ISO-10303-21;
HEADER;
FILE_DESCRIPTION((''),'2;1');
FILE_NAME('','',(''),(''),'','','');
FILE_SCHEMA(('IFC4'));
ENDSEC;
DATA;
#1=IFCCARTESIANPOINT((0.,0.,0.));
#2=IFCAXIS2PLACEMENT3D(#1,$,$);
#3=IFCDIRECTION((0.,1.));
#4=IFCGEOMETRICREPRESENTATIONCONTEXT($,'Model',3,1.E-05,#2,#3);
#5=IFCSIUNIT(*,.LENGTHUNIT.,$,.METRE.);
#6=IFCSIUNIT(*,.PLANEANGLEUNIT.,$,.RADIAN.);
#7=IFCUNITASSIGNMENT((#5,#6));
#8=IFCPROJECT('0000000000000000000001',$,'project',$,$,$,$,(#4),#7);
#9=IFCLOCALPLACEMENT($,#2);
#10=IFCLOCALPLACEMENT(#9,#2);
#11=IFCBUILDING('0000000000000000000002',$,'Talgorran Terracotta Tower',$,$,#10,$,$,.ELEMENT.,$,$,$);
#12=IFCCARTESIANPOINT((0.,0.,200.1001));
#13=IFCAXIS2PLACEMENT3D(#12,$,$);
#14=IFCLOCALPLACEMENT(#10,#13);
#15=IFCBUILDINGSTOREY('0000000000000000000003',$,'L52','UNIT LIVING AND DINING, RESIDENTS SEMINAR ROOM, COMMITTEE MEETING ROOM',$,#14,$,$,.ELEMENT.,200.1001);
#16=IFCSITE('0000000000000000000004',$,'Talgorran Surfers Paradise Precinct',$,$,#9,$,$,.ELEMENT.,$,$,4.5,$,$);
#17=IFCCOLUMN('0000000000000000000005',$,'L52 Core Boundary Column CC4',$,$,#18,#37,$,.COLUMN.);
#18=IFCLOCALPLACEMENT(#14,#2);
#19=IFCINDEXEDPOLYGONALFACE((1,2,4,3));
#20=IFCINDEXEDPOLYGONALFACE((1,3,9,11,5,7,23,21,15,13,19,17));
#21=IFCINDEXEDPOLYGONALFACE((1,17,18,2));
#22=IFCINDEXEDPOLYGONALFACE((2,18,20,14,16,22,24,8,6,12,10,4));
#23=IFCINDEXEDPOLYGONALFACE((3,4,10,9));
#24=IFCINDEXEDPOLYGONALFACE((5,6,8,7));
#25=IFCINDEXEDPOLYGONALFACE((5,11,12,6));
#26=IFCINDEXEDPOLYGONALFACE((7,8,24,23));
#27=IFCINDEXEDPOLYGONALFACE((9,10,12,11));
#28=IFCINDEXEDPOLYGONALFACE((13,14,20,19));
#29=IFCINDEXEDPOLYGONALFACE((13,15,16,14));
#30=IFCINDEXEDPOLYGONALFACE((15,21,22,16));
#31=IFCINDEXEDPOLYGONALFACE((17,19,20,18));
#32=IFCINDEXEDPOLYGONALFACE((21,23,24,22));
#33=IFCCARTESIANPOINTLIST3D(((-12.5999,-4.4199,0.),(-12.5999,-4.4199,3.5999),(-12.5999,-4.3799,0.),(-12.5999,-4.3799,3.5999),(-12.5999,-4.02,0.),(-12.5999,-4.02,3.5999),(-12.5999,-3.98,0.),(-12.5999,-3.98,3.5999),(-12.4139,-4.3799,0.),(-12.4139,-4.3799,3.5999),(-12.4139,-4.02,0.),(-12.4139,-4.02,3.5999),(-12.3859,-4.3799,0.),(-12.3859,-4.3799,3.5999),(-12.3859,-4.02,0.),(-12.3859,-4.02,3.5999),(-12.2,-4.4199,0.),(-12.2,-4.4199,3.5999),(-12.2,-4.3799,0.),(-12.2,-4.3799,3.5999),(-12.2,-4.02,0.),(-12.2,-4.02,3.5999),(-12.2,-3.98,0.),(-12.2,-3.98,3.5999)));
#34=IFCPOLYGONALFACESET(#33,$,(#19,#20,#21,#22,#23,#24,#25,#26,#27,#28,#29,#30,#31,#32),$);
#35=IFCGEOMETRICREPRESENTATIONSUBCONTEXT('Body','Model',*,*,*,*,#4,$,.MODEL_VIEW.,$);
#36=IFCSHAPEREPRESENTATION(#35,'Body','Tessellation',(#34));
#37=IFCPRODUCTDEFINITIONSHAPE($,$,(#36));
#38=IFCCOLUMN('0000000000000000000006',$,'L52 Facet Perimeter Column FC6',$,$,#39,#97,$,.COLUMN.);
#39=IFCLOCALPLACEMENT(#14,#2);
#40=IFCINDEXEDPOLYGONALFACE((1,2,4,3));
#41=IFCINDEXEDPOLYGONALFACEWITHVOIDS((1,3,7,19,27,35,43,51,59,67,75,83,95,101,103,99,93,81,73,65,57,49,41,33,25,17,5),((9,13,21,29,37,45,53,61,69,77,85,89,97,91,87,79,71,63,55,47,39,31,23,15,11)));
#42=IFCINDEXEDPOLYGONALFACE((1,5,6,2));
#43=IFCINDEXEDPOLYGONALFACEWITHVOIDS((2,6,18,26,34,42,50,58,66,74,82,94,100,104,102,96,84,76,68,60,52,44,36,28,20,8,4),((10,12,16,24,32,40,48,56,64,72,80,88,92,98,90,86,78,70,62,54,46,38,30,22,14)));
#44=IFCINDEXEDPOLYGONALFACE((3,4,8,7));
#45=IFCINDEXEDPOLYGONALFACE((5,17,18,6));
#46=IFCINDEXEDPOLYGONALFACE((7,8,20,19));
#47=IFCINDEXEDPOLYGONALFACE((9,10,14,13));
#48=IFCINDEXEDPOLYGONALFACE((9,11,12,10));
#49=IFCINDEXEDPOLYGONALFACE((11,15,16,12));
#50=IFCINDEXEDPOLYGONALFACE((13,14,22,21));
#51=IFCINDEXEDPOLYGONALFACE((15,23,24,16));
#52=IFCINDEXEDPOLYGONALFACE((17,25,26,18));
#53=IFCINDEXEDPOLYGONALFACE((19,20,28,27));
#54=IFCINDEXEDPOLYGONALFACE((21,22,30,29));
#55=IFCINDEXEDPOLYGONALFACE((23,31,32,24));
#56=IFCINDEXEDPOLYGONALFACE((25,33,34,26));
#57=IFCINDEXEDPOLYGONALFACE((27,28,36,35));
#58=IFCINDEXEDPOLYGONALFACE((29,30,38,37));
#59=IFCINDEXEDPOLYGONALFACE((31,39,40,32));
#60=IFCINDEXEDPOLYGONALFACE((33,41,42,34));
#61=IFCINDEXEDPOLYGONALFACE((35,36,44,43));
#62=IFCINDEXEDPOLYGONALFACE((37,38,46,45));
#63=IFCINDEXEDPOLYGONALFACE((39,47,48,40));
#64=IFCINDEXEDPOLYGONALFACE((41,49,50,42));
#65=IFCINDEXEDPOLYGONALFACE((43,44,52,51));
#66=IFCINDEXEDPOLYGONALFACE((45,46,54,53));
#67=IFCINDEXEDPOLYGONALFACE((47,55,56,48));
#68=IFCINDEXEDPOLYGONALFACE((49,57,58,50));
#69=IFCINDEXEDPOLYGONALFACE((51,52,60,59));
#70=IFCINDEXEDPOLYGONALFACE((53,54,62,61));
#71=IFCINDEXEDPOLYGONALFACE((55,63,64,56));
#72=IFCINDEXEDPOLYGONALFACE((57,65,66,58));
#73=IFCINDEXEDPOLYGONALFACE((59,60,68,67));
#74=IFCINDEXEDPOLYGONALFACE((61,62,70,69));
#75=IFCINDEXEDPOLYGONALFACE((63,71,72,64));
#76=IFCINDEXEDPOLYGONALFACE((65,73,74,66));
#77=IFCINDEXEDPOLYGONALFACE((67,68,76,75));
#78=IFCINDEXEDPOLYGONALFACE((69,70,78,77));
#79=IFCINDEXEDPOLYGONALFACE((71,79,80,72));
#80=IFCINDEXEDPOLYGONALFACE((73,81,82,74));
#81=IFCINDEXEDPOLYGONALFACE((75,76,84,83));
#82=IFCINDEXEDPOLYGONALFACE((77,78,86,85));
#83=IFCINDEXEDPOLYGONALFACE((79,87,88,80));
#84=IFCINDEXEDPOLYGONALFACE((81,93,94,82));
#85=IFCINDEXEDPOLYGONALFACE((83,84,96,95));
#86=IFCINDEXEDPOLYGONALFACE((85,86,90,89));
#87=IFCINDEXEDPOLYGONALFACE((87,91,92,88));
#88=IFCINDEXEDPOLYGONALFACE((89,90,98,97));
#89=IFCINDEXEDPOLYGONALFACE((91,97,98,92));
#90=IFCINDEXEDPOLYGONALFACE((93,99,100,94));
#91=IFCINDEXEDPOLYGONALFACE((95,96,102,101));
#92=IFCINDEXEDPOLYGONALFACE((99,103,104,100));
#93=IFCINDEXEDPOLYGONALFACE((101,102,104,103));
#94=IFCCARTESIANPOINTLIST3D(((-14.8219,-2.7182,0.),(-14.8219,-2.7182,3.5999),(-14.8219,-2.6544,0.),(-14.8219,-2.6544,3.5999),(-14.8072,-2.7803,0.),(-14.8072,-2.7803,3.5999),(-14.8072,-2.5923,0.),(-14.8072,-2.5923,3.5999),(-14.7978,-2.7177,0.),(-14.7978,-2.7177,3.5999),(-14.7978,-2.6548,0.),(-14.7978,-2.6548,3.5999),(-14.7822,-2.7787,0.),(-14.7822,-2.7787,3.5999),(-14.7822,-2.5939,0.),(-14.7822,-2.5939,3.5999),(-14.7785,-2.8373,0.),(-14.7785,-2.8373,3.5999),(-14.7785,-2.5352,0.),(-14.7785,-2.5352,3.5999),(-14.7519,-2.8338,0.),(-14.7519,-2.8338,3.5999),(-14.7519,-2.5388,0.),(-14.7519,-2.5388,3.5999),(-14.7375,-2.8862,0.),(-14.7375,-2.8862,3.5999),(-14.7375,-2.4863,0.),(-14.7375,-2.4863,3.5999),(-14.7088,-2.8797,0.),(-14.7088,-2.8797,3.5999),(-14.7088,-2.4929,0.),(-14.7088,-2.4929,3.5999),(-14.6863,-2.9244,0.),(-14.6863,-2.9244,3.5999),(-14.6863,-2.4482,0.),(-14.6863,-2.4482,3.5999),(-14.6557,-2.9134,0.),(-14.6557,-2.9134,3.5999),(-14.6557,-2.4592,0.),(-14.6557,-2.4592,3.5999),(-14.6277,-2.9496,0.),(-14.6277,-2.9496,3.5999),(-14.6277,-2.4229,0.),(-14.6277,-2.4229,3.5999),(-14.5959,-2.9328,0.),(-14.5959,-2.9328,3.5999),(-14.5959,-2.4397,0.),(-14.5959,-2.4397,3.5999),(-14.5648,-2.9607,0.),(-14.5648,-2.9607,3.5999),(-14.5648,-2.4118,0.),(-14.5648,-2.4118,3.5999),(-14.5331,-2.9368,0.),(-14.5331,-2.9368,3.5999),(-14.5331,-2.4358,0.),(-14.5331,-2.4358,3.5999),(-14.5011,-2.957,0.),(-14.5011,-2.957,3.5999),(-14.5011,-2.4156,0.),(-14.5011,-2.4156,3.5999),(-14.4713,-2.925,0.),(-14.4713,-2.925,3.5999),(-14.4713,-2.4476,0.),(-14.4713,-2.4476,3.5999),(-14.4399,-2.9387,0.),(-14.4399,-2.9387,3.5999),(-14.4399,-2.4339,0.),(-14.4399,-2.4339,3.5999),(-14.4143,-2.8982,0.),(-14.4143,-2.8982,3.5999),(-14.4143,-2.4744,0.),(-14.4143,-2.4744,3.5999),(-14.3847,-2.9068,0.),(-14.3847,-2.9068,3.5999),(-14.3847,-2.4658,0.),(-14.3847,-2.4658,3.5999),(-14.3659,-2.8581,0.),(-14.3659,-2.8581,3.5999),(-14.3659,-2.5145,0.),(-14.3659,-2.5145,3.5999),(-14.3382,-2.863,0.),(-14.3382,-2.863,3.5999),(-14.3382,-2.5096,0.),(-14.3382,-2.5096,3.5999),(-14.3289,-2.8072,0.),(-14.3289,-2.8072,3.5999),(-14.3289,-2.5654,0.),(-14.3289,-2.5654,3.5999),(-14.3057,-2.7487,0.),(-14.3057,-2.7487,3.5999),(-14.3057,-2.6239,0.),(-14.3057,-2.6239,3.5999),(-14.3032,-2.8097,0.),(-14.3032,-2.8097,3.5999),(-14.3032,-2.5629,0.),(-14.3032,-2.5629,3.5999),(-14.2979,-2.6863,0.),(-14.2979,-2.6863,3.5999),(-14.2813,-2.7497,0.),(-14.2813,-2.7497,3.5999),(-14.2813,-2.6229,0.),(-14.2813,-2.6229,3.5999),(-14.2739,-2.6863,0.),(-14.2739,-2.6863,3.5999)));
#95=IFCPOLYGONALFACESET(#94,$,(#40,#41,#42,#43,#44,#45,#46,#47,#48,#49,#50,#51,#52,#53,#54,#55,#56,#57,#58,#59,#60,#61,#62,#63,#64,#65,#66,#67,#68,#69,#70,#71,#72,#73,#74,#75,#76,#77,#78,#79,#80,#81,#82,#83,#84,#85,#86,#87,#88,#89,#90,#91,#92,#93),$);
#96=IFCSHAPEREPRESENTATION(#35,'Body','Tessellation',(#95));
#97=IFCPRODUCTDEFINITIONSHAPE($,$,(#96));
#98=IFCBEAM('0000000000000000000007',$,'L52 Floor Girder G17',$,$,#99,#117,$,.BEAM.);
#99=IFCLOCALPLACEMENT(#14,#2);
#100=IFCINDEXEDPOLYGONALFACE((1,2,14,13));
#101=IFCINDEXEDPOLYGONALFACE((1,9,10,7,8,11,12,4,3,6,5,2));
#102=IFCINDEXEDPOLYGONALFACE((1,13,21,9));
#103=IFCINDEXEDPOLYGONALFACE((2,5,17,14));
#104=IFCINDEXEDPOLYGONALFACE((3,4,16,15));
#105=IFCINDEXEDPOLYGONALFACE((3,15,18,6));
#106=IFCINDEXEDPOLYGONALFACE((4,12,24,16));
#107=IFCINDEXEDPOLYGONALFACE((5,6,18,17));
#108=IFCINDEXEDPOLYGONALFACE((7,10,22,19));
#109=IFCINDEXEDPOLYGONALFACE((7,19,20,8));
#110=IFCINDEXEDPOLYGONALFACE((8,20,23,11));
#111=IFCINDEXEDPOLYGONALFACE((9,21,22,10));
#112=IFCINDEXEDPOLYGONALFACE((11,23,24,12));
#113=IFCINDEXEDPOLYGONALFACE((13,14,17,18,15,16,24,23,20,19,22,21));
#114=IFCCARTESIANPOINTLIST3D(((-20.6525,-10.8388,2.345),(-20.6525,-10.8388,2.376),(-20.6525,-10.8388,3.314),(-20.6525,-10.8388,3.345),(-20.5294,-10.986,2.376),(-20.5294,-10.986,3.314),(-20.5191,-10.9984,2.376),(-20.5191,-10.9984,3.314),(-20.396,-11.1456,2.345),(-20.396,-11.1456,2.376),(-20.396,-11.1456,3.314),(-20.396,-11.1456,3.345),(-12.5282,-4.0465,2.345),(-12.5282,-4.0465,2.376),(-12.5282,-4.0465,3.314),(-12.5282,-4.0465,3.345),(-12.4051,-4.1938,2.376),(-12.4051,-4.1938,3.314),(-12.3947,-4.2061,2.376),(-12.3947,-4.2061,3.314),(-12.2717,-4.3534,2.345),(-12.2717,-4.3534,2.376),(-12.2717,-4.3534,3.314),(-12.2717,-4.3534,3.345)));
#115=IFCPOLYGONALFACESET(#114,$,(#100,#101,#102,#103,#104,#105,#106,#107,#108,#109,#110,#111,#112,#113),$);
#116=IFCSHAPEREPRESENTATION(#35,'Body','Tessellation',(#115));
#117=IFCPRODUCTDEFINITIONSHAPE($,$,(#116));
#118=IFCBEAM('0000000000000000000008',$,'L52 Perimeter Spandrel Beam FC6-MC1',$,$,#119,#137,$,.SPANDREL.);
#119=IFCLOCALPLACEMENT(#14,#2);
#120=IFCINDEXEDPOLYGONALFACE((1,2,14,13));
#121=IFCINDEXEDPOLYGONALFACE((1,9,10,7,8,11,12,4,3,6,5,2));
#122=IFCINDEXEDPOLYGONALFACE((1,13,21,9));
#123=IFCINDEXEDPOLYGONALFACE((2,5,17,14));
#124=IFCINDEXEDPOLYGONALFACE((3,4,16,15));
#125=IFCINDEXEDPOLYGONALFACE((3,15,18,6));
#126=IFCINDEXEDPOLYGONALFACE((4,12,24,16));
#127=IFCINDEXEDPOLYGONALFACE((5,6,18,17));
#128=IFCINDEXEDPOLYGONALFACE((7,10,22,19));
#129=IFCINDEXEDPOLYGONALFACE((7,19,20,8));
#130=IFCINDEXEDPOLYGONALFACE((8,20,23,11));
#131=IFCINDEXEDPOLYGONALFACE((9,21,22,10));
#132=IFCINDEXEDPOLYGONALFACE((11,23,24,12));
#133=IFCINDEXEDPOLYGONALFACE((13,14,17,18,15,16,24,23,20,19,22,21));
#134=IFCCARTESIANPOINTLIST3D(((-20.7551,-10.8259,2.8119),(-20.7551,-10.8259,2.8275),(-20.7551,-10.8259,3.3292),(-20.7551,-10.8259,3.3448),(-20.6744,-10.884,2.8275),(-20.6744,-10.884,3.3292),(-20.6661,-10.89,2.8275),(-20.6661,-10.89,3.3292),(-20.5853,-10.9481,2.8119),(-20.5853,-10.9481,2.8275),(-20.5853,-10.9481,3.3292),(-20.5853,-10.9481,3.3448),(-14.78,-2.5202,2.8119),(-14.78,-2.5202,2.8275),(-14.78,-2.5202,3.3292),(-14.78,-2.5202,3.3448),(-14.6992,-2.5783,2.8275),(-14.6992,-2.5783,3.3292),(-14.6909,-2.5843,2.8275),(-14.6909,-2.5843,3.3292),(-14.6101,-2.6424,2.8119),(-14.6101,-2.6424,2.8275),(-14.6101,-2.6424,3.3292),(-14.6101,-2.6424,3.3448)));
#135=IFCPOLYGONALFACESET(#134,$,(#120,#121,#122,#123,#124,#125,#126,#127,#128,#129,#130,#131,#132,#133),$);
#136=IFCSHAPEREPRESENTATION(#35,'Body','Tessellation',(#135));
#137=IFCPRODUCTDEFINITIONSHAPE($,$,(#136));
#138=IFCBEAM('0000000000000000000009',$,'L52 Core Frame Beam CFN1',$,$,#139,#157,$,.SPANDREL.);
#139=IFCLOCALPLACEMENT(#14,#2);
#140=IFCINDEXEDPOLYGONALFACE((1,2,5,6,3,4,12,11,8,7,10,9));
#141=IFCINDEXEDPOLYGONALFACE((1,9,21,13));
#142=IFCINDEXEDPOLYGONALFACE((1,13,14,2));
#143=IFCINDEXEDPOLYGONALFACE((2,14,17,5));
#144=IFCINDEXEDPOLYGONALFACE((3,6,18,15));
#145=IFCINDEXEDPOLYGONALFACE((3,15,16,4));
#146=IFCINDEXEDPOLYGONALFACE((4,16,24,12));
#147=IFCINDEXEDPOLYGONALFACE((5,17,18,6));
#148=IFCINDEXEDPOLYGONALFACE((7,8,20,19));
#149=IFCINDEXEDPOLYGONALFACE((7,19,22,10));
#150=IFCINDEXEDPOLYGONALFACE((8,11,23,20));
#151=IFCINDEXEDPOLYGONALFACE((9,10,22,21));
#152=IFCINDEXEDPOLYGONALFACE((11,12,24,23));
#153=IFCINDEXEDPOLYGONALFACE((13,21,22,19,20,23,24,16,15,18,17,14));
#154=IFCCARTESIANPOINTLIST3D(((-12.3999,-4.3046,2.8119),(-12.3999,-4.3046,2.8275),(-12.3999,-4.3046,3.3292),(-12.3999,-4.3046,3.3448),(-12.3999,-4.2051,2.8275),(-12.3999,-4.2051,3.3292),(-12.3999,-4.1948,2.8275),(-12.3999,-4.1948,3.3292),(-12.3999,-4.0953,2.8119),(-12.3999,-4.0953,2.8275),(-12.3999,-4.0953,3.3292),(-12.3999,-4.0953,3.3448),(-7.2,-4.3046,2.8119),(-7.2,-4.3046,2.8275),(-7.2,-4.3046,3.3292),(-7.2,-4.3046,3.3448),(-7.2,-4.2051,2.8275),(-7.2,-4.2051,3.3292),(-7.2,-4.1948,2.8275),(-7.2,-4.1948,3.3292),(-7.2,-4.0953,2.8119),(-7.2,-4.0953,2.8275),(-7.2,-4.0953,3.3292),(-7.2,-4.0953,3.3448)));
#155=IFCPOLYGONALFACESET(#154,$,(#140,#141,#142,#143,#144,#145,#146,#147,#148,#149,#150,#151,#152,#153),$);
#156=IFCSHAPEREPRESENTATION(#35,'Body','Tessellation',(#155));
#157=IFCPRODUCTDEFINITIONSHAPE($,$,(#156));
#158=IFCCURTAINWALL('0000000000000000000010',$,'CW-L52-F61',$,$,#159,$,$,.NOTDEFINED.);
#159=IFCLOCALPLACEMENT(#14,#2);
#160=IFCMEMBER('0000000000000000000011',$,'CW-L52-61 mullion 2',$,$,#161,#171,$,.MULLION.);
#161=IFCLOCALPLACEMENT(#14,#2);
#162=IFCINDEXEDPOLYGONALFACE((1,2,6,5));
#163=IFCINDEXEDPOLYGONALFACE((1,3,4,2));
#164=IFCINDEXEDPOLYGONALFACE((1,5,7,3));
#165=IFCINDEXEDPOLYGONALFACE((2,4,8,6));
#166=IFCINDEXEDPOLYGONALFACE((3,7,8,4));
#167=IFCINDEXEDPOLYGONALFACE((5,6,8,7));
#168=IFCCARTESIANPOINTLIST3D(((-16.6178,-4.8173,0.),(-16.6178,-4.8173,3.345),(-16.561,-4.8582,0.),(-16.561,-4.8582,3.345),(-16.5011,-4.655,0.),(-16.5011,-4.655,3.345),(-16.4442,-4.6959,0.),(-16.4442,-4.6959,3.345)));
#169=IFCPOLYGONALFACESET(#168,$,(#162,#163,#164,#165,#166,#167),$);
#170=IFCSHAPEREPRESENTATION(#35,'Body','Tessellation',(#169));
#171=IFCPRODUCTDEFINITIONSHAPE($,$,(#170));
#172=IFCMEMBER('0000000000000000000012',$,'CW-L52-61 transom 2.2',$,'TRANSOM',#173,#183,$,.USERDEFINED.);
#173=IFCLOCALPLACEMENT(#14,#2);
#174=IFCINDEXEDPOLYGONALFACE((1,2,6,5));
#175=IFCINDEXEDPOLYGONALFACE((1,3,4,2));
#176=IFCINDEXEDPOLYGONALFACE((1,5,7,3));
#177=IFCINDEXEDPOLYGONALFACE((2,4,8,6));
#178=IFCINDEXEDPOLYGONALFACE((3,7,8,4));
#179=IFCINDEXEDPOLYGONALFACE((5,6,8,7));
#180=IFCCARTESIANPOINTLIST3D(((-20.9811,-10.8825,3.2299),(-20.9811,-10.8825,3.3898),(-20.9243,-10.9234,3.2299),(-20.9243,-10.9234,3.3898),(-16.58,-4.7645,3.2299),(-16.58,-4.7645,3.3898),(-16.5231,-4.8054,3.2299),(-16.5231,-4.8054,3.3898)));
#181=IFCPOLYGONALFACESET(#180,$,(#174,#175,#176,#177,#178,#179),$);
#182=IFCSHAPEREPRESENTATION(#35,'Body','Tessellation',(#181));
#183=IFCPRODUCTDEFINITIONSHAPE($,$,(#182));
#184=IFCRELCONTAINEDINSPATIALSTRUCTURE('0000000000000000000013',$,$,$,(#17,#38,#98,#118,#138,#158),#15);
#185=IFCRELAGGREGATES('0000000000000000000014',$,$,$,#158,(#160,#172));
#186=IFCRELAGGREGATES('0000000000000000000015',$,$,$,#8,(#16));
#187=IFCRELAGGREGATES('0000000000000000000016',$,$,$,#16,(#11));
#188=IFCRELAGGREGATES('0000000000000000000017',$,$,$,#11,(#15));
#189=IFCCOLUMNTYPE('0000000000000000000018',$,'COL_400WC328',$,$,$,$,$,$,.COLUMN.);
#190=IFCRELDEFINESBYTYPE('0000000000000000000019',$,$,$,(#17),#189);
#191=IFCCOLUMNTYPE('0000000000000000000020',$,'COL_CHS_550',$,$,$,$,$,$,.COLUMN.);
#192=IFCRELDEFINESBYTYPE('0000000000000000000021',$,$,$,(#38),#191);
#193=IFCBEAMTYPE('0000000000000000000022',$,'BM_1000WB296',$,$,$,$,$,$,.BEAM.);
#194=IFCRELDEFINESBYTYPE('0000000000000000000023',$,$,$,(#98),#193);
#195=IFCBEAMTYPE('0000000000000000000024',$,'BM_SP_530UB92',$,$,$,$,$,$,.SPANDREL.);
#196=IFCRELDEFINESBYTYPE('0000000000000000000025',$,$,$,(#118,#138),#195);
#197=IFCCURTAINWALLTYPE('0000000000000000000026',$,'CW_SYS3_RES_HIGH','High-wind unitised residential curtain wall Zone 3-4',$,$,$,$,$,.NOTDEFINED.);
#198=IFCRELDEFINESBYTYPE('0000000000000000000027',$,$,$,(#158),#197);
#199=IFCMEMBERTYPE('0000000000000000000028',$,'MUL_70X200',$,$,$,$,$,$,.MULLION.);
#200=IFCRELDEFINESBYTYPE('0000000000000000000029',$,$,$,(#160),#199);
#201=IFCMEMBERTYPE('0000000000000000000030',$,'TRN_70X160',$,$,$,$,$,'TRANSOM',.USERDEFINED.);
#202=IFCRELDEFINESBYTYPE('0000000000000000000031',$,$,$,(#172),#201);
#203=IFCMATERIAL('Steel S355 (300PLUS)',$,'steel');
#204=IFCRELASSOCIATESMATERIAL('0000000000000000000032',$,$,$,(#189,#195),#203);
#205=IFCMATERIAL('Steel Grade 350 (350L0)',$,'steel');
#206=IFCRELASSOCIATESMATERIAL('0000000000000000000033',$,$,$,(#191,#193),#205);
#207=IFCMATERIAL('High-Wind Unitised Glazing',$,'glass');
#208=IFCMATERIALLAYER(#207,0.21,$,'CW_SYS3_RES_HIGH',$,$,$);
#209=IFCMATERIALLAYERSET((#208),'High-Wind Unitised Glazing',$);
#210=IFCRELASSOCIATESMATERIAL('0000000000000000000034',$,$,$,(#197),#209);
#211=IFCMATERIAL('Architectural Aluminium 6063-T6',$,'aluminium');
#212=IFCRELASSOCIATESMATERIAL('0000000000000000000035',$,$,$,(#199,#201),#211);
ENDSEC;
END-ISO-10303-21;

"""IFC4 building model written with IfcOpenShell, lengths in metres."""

from ifc_helpers import new_model, si_unit, direction, frame, origin, origin_2d, place, context, subcontext, project, spatial, rectangle, hollow_circle, i_section, extrude, material, layer, layer_set, material_profile, profile_set, type_object, element, aggregate, save


model = new_model("IFC4")

# Units and contexts
model_context = context("Model", 3, precision=1e-05, world=origin(), true_north=direction((0.0, 1.0)))
body_context = subcontext(model_context, "Body", "Model", "MODEL_VIEW")
ifc_project = project(units=[si_unit("LENGTHUNIT", "METRE"), si_unit("PLANEANGLEUNIT", "RADIAN")], contexts=[model_context])

# Site, building, storey
site_placement = place(None, origin())
site = spatial("IfcSite", under=ifc_project, at=site_placement, Name="Talgorran Surfers Paradise Precinct", CompositionType="ELEMENT", RefElevation=4.5)
building_placement = place(site_placement, origin())
building = spatial("IfcBuilding", under=site, at=building_placement, Name="Talgorran Terracotta Tower", CompositionType="ELEMENT")
storey_placement = place(building_placement, frame((0.0, 0.0, 200.1001)))
storey = spatial("IfcBuildingStorey", under=building, at=storey_placement, Name="L52", Description="UNIT LIVING AND DINING, RESIDENTS SEMINAR ROOM, COMMITTEE MEETING ROOM", CompositionType="ELEMENT", Elevation=200.1001)

# Columns
ifc_material_1 = material(Name="Steel S355 (300PLUS)", Category="steel")
ifc_material_profile_1 = material_profile(ifc_material_1, i_section(OverallWidth=0.3999, OverallDepth=0.4399, WebThickness=0.0281, FlangeThickness=0.04, at=origin_2d()), Name="400WC328")
ifc_profile_set_1 = profile_set([ifc_material_profile_1], Name="Steel S355 (300PLUS)")
column_type_1 = type_object("IfcColumnType", Name="COL_400WC328", PredefinedType="COLUMN", material=ifc_profile_set_1)
column_1_placement = place(storey_placement, frame((-12.3999, -4.2, 0.0), z_axis=(0.0, 0.0, 1.0), x_axis=(1.0, 0.0, 0.0)))
element("IfcColumn", 1, at=column_1_placement, inside=storey, type_object=column_type_1, Name="L52 Core Boundary Column CC4", PredefinedType="COLUMN", context=body_context, shape_type="SweptSolid", body=[
    extrude(i_section(OverallWidth=0.3999, OverallDepth=0.4399, WebThickness=0.0281, FlangeThickness=0.04, at=origin_2d()), origin(), (0.0, 0.0, 1.0), 3.5999),
])
ifc_material_2 = material(Name="Steel Grade 350 (350L0)", Category="steel")
ifc_material_profile_2 = material_profile(ifc_material_2, hollow_circle(Radius=0.2749, WallThickness=0.0239, at=origin_2d()), Name="CHS550X24")
ifc_profile_set_2 = profile_set([ifc_material_profile_2], Name="Steel Grade 350 (350L0)")
column_type_2 = type_object("IfcColumnType", Name="COL_CHS_550", PredefinedType="COLUMN", material=ifc_profile_set_2)
column_2_placement = place(storey_placement, frame((-14.5488, -2.6863, 0.0), z_axis=(0.0, 0.0, 1.0), x_axis=(1.0, 0.0, 0.0)))
element("IfcColumn", 2, at=column_2_placement, inside=storey, type_object=column_type_2, Name="L52 Facet Perimeter Column FC6", PredefinedType="COLUMN", context=body_context, shape_type="SweptSolid", body=[
    extrude(hollow_circle(Radius=0.2749, WallThickness=0.0239, at=origin_2d()), origin(), (0.0, 0.0, 1.0), 3.5999),
])

# Beams
ifc_material_profile_3 = material_profile(ifc_material_2, i_section(OverallWidth=0.3999, OverallDepth=1.0, WebThickness=0.0161, FlangeThickness=0.031, at=origin_2d()), Name="1000WB296")
ifc_profile_set_3 = profile_set([ifc_material_profile_3], Name="Steel Grade 350 (350L0)")
beam_type_1 = type_object("IfcBeamType", Name="BM_1000WB296", PredefinedType="BEAM", material=ifc_profile_set_3)
beam_1_placement = place(storey_placement, frame((-12.3999, -4.2, 2.845), z_axis=(-0.767198, -0.64141, 0.0), x_axis=(0.64141, -0.767198, 0.0)))
element("IfcBeam", 3, at=beam_1_placement, inside=storey, type_object=beam_type_1, Name="L52 Floor Girder G17", PredefinedType="BEAM", context=body_context, shape_type="SweptSolid", body=[
    extrude(i_section(OverallWidth=0.3999, OverallDepth=1.0, WebThickness=0.0161, FlangeThickness=0.031, at=origin_2d()), origin(), (0.0, 0.0, 1.0), 10.5896),
])
ifc_material_profile_4 = material_profile(ifc_material_1, i_section(OverallWidth=0.2092, OverallDepth=0.533, WebThickness=0.0103, FlangeThickness=0.0156, at=origin_2d()), Name="530UB92.4")
ifc_profile_set_4 = profile_set([ifc_material_profile_4], Name="Steel S355 (300PLUS)")
beam_type_2 = type_object("IfcBeamType", Name="BM_SP_530UB92", PredefinedType="SPANDREL", material=ifc_profile_set_4)
beam_2_placement = place(storey_placement, frame((-14.6951, -2.5813, 3.0784), z_axis=(-0.583984, -0.811765, 0.0), x_axis=(0.811765, -0.583984, 0.0)))
element("IfcBeam", 4, at=beam_2_placement, inside=storey, type_object=beam_type_2, Name="L52 Perimeter Spandrel Beam FC6-MC1", PredefinedType="SPANDREL", context=body_context, shape_type="SweptSolid", body=[
    extrude(i_section(OverallWidth=0.2092, OverallDepth=0.533, WebThickness=0.0103, FlangeThickness=0.0156, at=origin_2d()), origin(), (0.0, 0.0, 1.0), 10.2317),
])
beam_3_placement = place(storey_placement, frame((-12.3999, -4.2, 3.0784), z_axis=(1.0, 0.0, 0.0), x_axis=(0.0, 1.0, 0.0)))
element("IfcBeam", 5, at=beam_3_placement, inside=storey, type_object=beam_type_2, Name="L52 Core Frame Beam CFN1", PredefinedType="SPANDREL", context=body_context, shape_type="SweptSolid", body=[
    extrude(i_section(OverallWidth=0.2092, OverallDepth=0.533, WebThickness=0.0103, FlangeThickness=0.0156, at=origin_2d()), origin(), (0.0, 0.0, 1.0), 5.2),
])

# Curtain wall, members
ifc_material_3 = material(Name="High-Wind Unitised Glazing", Category="glass")
ifc_layer_1 = layer(ifc_material_3, 0.21, Name="CW_SYS3_RES_HIGH")
ifc_layer_set_1 = layer_set([ifc_layer_1], Name="High-Wind Unitised Glazing")
curtain_wall_type = type_object("IfcCurtainWallType", Name="CW_SYS3_RES_HIGH", Description="High-wind unitised residential curtain wall Zone 3-4", PredefinedType="NOTDEFINED", material=ifc_layer_set_1)
curtain_wall_placement = place(storey_placement, origin())
curtain_wall = element("IfcCurtainWall", 6, at=curtain_wall_placement, inside=storey, type_object=curtain_wall_type, Name="CW-L52-F61", PredefinedType="NOTDEFINED")
ifc_material_4 = material(Name="Architectural Aluminium 6063-T6", Category="aluminium")
ifc_material_profile_5 = material_profile(ifc_material_4, rectangle(XDim=0.0701, YDim=0.2, at=origin_2d()), Name="CWM70X200")
ifc_profile_set_5 = profile_set([ifc_material_profile_5], Name="Architectural Aluminium 6063-T6")
member_type_1 = type_object("IfcMemberType", Name="MUL_70X200", PredefinedType="MULLION", material=ifc_profile_set_5)
member_1_placement = place(storey_placement, frame((-16.531, -4.7566, 0.0), z_axis=(0.0, 0.0, 1.0), x_axis=(0.811767, -0.583982, 0.0)))
member_1 = element("IfcMember", 7, at=member_1_placement, type_object=member_type_1, Name="CW-L52-61 mullion 2", PredefinedType="MULLION", context=body_context, shape_type="SweptSolid", body=[
    extrude(rectangle(XDim=0.0701, YDim=0.2, at=origin_2d()), origin(), (0.0, 0.0, 1.0), 3.345),
])
ifc_material_profile_6 = material_profile(ifc_material_4, rectangle(XDim=0.0701, YDim=0.1599, at=origin_2d()), Name="CWT70X160")
ifc_profile_set_6 = profile_set([ifc_material_profile_6], Name="Architectural Aluminium 6063-T6")
member_type_2 = type_object("IfcMemberType", Name="TRN_70X160", ElementType="TRANSOM", PredefinedType="USERDEFINED", material=ifc_profile_set_6)
member_2_placement = place(storey_placement, frame((-16.5515, -4.7849, 3.3098), z_axis=(-0.583974, -0.811772, 0.0), x_axis=(0.811772, -0.583974, 0.0)))
member_2 = element("IfcMember", 8, at=member_2_placement, type_object=member_type_2, Name="CW-L52-61 transom 2.2", ObjectType="TRANSOM", PredefinedType="USERDEFINED", context=body_context, shape_type="SweptSolid", body=[
    extrude(rectangle(XDim=0.0701, YDim=0.1599, at=origin_2d()), origin(), (0.0, 0.0, 1.0), 7.5366),
])

aggregate(curtain_wall, [member_1, member_2])

save(model, "model.ifc")
